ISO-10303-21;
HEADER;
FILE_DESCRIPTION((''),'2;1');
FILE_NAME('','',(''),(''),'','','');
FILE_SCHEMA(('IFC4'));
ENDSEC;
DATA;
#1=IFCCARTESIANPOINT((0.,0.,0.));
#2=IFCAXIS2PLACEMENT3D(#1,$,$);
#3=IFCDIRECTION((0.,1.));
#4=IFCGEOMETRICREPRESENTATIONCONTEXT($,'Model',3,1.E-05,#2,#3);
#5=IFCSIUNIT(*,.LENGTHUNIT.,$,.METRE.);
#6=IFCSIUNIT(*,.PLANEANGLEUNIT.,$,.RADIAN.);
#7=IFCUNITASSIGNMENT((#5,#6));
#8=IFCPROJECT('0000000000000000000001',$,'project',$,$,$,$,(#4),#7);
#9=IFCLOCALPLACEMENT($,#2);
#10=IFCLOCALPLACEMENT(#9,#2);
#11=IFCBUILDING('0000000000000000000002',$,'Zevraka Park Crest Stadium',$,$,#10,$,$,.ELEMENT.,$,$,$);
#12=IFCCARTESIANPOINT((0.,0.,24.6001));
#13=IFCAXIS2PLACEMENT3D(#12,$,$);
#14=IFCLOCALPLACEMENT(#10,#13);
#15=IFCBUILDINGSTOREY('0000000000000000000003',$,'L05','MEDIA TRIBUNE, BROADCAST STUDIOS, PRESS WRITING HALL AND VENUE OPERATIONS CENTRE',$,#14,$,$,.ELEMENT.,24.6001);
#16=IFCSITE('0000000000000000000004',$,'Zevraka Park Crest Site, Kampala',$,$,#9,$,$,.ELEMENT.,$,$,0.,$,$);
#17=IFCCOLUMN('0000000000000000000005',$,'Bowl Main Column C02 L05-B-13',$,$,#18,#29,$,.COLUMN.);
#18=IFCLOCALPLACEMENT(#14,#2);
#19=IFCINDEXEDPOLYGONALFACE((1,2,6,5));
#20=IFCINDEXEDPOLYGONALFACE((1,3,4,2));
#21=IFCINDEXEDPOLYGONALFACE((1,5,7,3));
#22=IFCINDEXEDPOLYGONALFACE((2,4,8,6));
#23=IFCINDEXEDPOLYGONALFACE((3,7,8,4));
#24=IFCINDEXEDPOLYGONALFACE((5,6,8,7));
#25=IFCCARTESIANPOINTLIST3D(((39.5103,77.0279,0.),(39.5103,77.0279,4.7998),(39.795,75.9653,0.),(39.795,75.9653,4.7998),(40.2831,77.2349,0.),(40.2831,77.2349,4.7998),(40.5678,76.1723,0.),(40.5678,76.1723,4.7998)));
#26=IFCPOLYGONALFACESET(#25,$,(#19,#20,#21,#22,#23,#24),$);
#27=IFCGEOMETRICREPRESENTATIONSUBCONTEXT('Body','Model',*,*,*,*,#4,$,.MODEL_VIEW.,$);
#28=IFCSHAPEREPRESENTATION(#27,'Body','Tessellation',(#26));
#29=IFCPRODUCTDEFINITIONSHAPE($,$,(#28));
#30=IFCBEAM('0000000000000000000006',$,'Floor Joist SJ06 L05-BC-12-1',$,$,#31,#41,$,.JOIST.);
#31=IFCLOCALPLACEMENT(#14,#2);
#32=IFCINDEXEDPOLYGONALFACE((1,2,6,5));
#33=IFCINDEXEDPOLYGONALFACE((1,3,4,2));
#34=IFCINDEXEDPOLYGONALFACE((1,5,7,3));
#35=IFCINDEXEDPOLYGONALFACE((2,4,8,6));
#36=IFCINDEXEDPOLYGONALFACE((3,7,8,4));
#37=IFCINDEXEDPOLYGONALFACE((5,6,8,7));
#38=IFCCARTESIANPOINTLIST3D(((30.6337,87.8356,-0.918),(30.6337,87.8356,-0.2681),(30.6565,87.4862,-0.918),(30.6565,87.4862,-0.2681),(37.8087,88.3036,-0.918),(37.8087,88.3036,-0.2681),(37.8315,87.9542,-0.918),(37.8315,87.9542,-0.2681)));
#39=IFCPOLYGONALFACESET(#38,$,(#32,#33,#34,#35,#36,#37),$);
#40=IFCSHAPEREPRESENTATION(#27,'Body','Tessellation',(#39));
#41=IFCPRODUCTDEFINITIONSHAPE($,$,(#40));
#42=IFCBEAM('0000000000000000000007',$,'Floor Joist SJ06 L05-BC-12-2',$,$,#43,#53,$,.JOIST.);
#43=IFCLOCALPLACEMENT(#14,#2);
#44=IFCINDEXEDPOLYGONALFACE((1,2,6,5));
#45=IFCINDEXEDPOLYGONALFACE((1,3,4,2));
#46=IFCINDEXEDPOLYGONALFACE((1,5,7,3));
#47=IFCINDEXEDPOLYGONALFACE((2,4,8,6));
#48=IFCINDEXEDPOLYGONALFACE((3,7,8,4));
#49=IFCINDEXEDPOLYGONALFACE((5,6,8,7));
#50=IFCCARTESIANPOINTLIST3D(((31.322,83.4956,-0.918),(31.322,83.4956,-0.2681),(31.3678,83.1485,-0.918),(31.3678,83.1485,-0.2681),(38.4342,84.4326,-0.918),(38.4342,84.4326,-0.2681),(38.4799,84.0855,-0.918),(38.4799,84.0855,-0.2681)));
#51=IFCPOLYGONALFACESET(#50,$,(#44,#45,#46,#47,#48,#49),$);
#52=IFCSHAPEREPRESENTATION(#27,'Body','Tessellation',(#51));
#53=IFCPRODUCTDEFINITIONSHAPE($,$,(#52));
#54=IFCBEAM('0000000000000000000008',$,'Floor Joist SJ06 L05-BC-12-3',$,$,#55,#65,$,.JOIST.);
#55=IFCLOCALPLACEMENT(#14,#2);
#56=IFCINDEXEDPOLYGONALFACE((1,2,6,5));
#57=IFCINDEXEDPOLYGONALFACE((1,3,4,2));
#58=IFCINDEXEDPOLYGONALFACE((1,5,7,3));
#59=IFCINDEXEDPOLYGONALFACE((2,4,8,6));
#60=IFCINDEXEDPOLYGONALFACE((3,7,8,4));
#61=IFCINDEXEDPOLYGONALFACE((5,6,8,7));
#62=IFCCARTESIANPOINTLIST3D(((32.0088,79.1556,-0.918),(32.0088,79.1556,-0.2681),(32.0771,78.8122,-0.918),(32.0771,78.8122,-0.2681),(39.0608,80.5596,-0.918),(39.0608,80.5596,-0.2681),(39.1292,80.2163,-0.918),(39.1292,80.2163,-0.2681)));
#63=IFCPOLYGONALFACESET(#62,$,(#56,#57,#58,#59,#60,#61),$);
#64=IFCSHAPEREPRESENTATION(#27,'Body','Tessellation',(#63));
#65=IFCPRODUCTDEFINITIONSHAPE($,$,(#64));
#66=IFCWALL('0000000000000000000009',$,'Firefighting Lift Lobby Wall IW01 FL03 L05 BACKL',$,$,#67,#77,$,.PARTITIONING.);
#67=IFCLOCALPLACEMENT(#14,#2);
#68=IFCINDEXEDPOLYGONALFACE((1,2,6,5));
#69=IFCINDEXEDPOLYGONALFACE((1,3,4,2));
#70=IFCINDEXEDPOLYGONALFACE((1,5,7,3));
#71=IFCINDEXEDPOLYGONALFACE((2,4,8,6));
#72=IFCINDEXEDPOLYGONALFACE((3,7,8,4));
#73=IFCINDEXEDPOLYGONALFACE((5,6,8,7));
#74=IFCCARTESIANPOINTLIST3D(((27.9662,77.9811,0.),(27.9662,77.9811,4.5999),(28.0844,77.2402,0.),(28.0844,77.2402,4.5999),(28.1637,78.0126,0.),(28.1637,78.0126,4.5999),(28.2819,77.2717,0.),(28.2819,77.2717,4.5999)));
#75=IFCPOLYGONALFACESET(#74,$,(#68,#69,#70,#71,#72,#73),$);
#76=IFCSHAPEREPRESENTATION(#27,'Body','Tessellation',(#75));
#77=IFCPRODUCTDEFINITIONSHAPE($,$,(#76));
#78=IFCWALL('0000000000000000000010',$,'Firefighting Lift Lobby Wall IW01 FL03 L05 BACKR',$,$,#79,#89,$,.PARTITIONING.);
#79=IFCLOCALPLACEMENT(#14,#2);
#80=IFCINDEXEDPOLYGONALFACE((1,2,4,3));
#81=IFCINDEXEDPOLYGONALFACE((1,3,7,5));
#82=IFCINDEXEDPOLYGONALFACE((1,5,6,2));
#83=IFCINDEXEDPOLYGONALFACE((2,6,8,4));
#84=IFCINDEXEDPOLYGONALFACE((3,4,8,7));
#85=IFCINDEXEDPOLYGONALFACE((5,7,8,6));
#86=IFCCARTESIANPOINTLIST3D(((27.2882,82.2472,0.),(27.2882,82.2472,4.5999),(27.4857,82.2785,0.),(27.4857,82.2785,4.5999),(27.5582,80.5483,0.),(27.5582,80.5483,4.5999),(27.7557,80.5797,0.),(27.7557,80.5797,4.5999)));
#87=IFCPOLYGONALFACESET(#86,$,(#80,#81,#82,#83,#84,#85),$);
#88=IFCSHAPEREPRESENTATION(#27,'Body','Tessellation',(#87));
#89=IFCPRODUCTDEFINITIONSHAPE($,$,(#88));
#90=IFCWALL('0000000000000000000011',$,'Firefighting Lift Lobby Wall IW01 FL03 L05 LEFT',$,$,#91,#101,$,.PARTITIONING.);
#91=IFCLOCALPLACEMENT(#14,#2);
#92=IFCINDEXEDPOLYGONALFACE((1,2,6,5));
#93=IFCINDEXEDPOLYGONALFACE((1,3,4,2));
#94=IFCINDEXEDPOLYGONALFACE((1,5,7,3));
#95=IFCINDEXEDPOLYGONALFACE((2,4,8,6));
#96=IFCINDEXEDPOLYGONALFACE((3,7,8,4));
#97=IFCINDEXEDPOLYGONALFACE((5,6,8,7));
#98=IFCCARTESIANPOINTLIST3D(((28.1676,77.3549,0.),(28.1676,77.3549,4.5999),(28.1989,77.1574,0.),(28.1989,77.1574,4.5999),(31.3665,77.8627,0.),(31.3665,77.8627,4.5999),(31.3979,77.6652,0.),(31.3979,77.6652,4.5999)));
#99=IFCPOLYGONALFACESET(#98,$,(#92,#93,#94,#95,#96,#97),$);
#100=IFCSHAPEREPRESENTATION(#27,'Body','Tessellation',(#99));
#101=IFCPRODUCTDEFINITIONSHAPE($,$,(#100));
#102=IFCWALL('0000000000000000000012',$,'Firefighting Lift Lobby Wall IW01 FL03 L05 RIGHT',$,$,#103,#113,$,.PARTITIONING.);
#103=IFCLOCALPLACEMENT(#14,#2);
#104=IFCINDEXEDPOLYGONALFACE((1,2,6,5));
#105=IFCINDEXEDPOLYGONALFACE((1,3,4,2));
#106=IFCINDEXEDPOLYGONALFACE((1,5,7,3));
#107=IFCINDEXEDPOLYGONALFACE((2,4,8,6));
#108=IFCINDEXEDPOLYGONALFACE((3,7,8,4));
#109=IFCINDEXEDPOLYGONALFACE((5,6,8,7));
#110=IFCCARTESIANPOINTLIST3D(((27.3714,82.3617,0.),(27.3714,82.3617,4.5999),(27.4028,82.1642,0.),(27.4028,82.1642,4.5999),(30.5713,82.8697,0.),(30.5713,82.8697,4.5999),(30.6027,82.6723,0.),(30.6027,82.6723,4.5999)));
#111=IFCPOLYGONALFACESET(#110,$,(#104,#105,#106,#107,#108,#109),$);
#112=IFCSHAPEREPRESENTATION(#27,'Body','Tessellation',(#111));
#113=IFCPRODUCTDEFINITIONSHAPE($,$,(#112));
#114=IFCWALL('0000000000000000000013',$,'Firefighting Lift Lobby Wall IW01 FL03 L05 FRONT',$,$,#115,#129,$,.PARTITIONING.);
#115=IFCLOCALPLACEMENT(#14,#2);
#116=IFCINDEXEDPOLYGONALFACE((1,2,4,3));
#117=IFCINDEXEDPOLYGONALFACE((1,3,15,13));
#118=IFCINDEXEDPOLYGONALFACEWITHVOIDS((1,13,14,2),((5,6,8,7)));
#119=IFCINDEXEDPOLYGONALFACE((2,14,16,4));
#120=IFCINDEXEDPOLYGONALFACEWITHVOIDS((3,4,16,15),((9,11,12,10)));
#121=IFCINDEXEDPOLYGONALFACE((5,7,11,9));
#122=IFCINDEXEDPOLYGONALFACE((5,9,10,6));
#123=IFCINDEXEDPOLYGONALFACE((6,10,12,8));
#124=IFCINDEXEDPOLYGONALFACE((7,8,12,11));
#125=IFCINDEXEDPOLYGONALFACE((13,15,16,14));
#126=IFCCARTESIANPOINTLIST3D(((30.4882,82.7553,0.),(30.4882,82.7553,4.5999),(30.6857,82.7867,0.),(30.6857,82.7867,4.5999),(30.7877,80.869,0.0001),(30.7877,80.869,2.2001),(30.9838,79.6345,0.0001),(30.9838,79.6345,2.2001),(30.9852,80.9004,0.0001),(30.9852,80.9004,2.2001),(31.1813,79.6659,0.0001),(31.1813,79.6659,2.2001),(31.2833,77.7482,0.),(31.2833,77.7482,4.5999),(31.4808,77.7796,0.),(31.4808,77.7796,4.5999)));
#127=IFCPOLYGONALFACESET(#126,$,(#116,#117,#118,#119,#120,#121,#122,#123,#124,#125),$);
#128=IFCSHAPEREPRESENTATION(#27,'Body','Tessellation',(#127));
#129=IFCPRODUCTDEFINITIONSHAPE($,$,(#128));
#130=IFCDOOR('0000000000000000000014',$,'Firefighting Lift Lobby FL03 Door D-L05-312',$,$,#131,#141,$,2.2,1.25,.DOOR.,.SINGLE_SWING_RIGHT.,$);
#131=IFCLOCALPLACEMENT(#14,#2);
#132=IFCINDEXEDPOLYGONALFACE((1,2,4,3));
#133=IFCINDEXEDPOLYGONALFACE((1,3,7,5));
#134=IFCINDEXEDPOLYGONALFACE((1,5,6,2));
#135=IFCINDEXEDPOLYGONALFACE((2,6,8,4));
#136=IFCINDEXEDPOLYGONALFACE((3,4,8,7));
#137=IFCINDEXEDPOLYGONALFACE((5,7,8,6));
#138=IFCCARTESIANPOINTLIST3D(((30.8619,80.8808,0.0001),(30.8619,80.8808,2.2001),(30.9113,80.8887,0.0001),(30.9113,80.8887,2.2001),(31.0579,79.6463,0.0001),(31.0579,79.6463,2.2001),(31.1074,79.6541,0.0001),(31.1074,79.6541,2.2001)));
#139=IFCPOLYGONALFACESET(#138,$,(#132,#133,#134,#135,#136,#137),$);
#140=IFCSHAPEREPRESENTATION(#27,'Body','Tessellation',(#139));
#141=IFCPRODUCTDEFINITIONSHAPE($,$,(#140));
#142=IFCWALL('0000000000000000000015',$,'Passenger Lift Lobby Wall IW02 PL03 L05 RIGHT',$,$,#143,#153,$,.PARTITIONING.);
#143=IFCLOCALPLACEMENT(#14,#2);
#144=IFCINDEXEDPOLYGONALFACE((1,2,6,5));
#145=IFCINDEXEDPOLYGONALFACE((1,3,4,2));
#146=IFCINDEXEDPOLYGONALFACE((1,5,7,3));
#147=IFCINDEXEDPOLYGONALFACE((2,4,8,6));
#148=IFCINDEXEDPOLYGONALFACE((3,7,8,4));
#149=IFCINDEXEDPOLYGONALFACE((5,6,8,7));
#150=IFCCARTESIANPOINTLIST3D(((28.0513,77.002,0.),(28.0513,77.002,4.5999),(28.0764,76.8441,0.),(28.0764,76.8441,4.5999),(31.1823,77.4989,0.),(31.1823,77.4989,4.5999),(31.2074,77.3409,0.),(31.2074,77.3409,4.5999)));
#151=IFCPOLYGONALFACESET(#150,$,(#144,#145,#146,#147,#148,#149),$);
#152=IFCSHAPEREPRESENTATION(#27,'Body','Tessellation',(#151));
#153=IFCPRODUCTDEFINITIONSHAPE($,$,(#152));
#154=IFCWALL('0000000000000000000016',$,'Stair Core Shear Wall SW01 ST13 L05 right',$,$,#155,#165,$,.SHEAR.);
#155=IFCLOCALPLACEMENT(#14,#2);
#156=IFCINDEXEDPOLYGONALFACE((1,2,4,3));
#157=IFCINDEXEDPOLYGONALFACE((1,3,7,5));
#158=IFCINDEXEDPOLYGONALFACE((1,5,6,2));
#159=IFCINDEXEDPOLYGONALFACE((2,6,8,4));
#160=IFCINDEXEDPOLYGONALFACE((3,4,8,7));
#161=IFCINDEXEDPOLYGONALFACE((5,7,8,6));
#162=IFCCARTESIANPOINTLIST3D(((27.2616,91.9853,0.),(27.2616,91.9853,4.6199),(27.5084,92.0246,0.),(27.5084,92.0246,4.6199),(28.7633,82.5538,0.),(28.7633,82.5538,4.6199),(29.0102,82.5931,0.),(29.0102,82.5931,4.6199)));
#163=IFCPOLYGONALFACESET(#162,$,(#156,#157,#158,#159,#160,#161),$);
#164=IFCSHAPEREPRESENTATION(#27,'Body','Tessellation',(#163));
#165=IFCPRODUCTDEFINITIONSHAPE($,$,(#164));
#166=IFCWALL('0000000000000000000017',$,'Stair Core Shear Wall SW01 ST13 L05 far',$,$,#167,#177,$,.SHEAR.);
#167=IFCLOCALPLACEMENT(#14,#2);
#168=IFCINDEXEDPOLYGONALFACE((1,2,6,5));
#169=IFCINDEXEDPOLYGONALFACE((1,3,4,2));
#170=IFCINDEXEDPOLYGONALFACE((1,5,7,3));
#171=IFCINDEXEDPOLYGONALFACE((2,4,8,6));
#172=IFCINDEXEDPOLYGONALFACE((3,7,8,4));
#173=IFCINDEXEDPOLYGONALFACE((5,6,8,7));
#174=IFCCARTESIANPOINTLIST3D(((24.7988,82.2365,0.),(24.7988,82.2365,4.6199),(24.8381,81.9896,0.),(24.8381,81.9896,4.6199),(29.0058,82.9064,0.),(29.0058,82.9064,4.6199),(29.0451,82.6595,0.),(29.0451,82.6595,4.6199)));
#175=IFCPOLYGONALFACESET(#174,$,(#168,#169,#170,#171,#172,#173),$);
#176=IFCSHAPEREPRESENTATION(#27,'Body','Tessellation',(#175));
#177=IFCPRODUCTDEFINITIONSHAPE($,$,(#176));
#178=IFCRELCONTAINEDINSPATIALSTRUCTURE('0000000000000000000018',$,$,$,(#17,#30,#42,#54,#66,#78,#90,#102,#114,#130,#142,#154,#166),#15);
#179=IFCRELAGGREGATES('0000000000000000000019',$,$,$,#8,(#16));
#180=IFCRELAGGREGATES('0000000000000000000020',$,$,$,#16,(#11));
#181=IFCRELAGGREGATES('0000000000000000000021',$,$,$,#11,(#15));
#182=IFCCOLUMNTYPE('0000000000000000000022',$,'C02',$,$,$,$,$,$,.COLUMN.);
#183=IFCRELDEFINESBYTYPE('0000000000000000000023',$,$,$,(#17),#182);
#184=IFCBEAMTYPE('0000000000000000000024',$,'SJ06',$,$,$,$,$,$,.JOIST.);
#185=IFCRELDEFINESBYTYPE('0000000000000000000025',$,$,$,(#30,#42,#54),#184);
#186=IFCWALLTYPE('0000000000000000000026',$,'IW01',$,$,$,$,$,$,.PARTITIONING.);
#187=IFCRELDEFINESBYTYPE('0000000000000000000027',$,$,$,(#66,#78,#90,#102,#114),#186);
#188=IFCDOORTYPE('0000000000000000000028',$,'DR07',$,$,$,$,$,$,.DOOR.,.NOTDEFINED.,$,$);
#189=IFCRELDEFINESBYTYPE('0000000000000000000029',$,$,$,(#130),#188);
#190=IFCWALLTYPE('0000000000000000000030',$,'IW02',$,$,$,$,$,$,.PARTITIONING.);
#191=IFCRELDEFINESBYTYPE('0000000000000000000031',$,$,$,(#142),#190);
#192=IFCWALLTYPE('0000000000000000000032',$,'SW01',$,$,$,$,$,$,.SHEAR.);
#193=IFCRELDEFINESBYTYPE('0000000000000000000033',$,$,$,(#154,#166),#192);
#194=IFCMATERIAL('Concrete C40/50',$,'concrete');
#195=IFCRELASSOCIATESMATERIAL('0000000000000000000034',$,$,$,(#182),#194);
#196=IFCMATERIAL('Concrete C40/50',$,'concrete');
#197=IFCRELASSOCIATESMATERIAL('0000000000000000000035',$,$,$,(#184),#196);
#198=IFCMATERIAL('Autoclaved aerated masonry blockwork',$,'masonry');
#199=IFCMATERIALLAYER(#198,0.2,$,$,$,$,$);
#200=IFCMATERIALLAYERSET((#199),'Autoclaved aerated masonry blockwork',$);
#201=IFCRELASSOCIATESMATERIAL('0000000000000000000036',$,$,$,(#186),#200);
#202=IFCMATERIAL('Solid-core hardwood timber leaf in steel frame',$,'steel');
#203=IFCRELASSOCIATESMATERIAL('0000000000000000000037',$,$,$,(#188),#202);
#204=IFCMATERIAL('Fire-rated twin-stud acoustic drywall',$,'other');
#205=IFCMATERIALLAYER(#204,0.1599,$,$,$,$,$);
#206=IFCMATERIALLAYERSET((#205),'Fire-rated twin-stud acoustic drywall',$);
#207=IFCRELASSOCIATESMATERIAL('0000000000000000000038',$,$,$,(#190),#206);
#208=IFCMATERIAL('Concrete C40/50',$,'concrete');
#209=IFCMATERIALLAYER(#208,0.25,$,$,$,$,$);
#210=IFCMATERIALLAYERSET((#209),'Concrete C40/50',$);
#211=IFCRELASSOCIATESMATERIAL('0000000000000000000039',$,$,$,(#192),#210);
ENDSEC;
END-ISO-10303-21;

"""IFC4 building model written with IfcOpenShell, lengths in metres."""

from ifc_helpers import new_model, si_unit, direction, frame, frame_2d, origin, origin_2d, place, context, subcontext, project, spatial, rectangle, extrude, material, layer, layer_set, material_profile, profile_set, type_object, element, fill, save


model = new_model("IFC4")

# Units and contexts
model_context = context("Model", 3, precision=1e-05, world=origin(), true_north=direction((0.0, 1.0)))
body_context = subcontext(model_context, "Body", "Model", "MODEL_VIEW")
ifc_project = project(units=[si_unit("LENGTHUNIT", "METRE"), si_unit("PLANEANGLEUNIT", "RADIAN")], contexts=[model_context])

# Site, building, storey
site_placement = place(None, origin())
site = spatial("IfcSite", under=ifc_project, at=site_placement, Name="Zevraka Park Crest Site, Kampala", CompositionType="ELEMENT", RefElevation=0.0)
building_placement = place(site_placement, origin())
building = spatial("IfcBuilding", under=site, at=building_placement, Name="Zevraka Park Crest Stadium", CompositionType="ELEMENT")
storey_placement = place(building_placement, frame((0.0, 0.0, 24.6001)))
storey = spatial("IfcBuildingStorey", under=building, at=storey_placement, Name="L05", Description="MEDIA TRIBUNE, BROADCAST STUDIOS, PRESS WRITING HALL AND VENUE OPERATIONS CENTRE", CompositionType="ELEMENT", Elevation=24.6001)

# Column
ifc_material_1 = material(Name="Concrete C40/50", Category="concrete")
ifc_material_profile_1 = material_profile(ifc_material_1, rectangle(XDim=0.8, YDim=1.1001, at=origin_2d()), Name="RC 1100x800")
ifc_profile_set_1 = profile_set([ifc_material_profile_1], Name="Concrete C40/50")
column_type = type_object("IfcColumnType", Name="C02", PredefinedType="COLUMN", material=ifc_profile_set_1)
column_placement = place(storey_placement, frame((40.0391, 76.6001, 0.0), z_axis=(0.0, 0.0, 1.0), x_axis=(0.965926, 0.258819, 0.0)))
element("IfcColumn", 1, at=column_placement, inside=storey, type_object=column_type, Name="Bowl Main Column C02 L05-B-13", PredefinedType="COLUMN", context=body_context, shape_type="SweptSolid", body=[
    extrude(rectangle(XDim=0.8, YDim=1.1001, at=origin_2d()), origin(), (0.0, 0.0, 1.0), 4.7998),
])

# Beams
ifc_material_2 = material(Name="Concrete C40/50", Category="concrete")
ifc_material_profile_2 = material_profile(ifc_material_2, rectangle(XDim=0.3501, YDim=0.6499, at=origin_2d()), Name="RC 650x350")
ifc_profile_set_2 = profile_set([ifc_material_profile_2], Name="Concrete C40/50")
beam_type = type_object("IfcBeamType", Name="SJ06", PredefinedType="JOIST", material=ifc_profile_set_2)
beam_1_placement = place(storey_placement, frame((37.8201, 88.1289, -0.593), z_axis=(-0.997879, -0.06509, 0.0), x_axis=(0.06509, -0.997879, 0.0)))
element("IfcBeam", 2, at=beam_1_placement, inside=storey, type_object=beam_type, Name="Floor Joist SJ06 L05-BC-12-1", PredefinedType="JOIST", context=body_context, shape_type="SweptSolid", body=[
    extrude(rectangle(XDim=0.3501, YDim=0.6499, at=origin_2d()), origin(), (0.0, 0.0, 1.0), 7.1902),
])
beam_2_placement = place(storey_placement, frame((38.457, 84.259, -0.593), z_axis=(-0.991432, -0.130621, 0.0), x_axis=(0.130621, -0.991432, 0.0)))
element("IfcBeam", 3, at=beam_2_placement, inside=storey, type_object=beam_type, Name="Floor Joist SJ06 L05-BC-12-2", PredefinedType="JOIST", context=body_context, shape_type="SweptSolid", body=[
    extrude(rectangle(XDim=0.3501, YDim=0.6499, at=origin_2d()), origin(), (0.0, 0.0, 1.0), 7.1736),
])
beam_3_placement = place(storey_placement, frame((39.095, 80.3879, -0.593), z_axis=(-0.98075, -0.195267, 0.0), x_axis=(0.195267, -0.98075, 0.0)))
element("IfcBeam", 4, at=beam_3_placement, inside=storey, type_object=beam_type, Name="Floor Joist SJ06 L05-BC-12-3", PredefinedType="JOIST", context=body_context, shape_type="SweptSolid", body=[
    extrude(rectangle(XDim=0.3501, YDim=0.6499, at=origin_2d()), origin(), (0.0, 0.0, 1.0), 7.1904),
])

# Walls
ifc_material_3 = material(Name="Autoclaved aerated masonry blockwork", Category="masonry")
ifc_layer_1 = layer(ifc_material_3, 0.2)
ifc_layer_set_1 = layer_set([ifc_layer_1], Name="Autoclaved aerated masonry blockwork")
wall_type_1 = type_object("IfcWallType", Name="IW01", PredefinedType="PARTITIONING", material=ifc_layer_set_1)
wall_1_placement = place(storey_placement, frame((28.1831, 77.2561, 0.0), z_axis=(0.0, 0.0, 1.0), x_axis=(-0.157483, 0.987522, 0.0)))
element("IfcWall", 5, at=wall_1_placement, inside=storey, type_object=wall_type_1, Name="Firefighting Lift Lobby Wall IW01 FL03 L05 BACKL", PredefinedType="PARTITIONING", context=body_context, shape_type="SweptSolid", body=[
    extrude(rectangle(XDim=0.7502, YDim=0.2, at=frame_2d((0.375, 0.0))), origin(), (0.0, 0.0, 1.0), 4.5999),
])
wall_2_placement = place(storey_placement, frame((27.657, 80.564, 0.0), z_axis=(0.0, 0.0, 1.0), x_axis=(-0.156961, 0.987605, 0.0)))
element("IfcWall", 6, at=wall_2_placement, inside=storey, type_object=wall_type_1, Name="Firefighting Lift Lobby Wall IW01 FL03 L05 BACKR", PredefinedType="PARTITIONING", context=body_context, shape_type="SweptSolid", body=[
    extrude(rectangle(XDim=1.7202, YDim=0.2, at=frame_2d((0.8601, 0.0))), origin(), (0.0, 0.0, 1.0), 4.5999),
])
wall_3_placement = place(storey_placement, frame((28.1831, 77.2561, 0.0), z_axis=(0.0, 0.0, 1.0), x_axis=(0.987634, 0.156779, 0.0)))
element("IfcWall", 7, at=wall_3_placement, inside=storey, type_object=wall_type_1, Name="Firefighting Lift Lobby Wall IW01 FL03 L05 LEFT", PredefinedType="PARTITIONING", context=body_context, shape_type="SweptSolid", body=[
    extrude(rectangle(XDim=3.239, YDim=0.2, at=frame_2d((1.6196, 0.0))), origin(), (0.0, 0.0, 1.0), 4.5999),
])
wall_4_placement = place(storey_placement, frame((27.387, 82.2629, 0.0), z_axis=(0.0, 0.0, 1.0), x_axis=(0.987629, 0.156806, 0.0)))
element("IfcWall", 8, at=wall_4_placement, inside=storey, type_object=wall_type_1, Name="Firefighting Lift Lobby Wall IW01 FL03 L05 RIGHT", PredefinedType="PARTITIONING", context=body_context, shape_type="SweptSolid", body=[
    extrude(rectangle(XDim=3.24, YDim=0.2, at=frame_2d((1.6201, 0.0))), origin(), (0.0, 0.0, 1.0), 4.5999),
])

# Wall, opening, door
wall_5_placement = place(storey_placement, frame((31.3821, 77.7639, 0.0), z_axis=(0.0, 0.0, 1.0), x_axis=(-0.156843, 0.987624, 0.0)))
wall_5 = element("IfcWall", 9, at=wall_5_placement, inside=storey, type_object=wall_type_1, Name="Firefighting Lift Lobby Wall IW01 FL03 L05 FRONT", PredefinedType="PARTITIONING", context=body_context, shape_type="SweptSolid", body=[
    extrude(rectangle(XDim=5.0698, YDim=0.2, at=frame_2d((2.5349, 0.0))), origin(), (0.0, 0.0, 1.0), 4.5999),
])
opening_1_placement = place(wall_5_placement, frame((1.9099, 0.0, 0.0)))
opening_1 = element("IfcOpeningElement", 10, at=opening_1_placement, cuts=wall_5, PredefinedType="OPENING", context=body_context, shape_type="SweptSolid", body=[
    extrude(rectangle(XDim=1.25, YDim=2.2, at=frame_2d((0.625, 1.1001))), frame((0.0, 0.1099, 0.0), z_axis=(0.0, -1.0, 0.0), x_axis=(1.0, 0.0, 0.0)), (0.0, 0.0, 1.0), 0.22),
])
ifc_material_4 = material(Name="Solid-core hardwood timber leaf in steel frame", Category="steel")
door_type_1 = type_object("IfcDoorType", Name="DR07", OperationType="NOTDEFINED", PredefinedType="DOOR", material=ifc_material_4)
door_1_placement = place(opening_1_placement, origin())
door_1 = element("IfcDoor", 11, at=door_1_placement, inside=storey, type_object=door_type_1, Name="Firefighting Lift Lobby FL03 Door D-L05-312", OperationType="SINGLE_SWING_RIGHT", OverallHeight=2.2, OverallWidth=1.25, PredefinedType="DOOR", context=body_context, shape_type="SweptSolid", body=[
    extrude(rectangle(XDim=1.25, YDim=2.2, at=frame_2d((0.625, 1.1001))), frame((0.0, 0.0249, 0.0), z_axis=(0.0, -1.0, 0.0), x_axis=(1.0, 0.0, 0.0)), (0.0, 0.0, 1.0), 0.05),
])
fill(opening_1, door_1)

# Walls
ifc_material_5 = material(Name="Fire-rated twin-stud acoustic drywall", Category="other")
ifc_layer_2 = layer(ifc_material_5, 0.1599)
ifc_layer_set_2 = layer_set([ifc_layer_2], Name="Fire-rated twin-stud acoustic drywall")
wall_type_2 = type_object("IfcWallType", Name="IW02", PredefinedType="PARTITIONING", material=ifc_layer_set_2)
wall_6_placement = place(storey_placement, frame((28.064, 76.9231, 0.0), z_axis=(0.0, 0.0, 1.0), x_axis=(0.987644, 0.156714, 0.0)))
element("IfcWall", 12, at=wall_6_placement, inside=storey, type_object=wall_type_2, Name="Passenger Lift Lobby Wall IW02 PL03 L05 RIGHT", PredefinedType="PARTITIONING", context=body_context, shape_type="SweptSolid", body=[
    extrude(rectangle(XDim=3.1702, YDim=0.1599, at=frame_2d((1.585, 0.0))), origin(), (0.0, 0.0, 1.0), 4.5999),
])
ifc_material_6 = material(Name="Concrete C40/50", Category="concrete")
ifc_layer_3 = layer(ifc_material_6, 0.25)
ifc_layer_set_3 = layer_set([ifc_layer_3], Name="Concrete C40/50")
wall_type_3 = type_object("IfcWallType", Name="SW01", PredefinedType="SHEAR", material=ifc_layer_set_3)
wall_7_placement = place(storey_placement, frame((28.8867, 82.5735, 0.0), z_axis=(0.0, 0.0, 1.0), x_axis=(-0.157244, 0.98756, 0.0)))
element("IfcWall", 13, at=wall_7_placement, inside=storey, type_object=wall_type_3, Name="Stair Core Shear Wall SW01 ST13 L05 right", PredefinedType="SHEAR", context=body_context, shape_type="SweptSolid", body=[
    extrude(rectangle(XDim=9.5503, YDim=0.25, at=frame_2d((4.7751, 0.0))), origin(), (0.0, 0.0, 1.0), 4.6199),
])
wall_8_placement = place(storey_placement, frame((24.8186, 82.113, 0.0), z_axis=(0.0, 0.0, 1.0), x_axis=(0.987558, 0.157257, 0.0)))
element("IfcWall", 14, at=wall_8_placement, inside=storey, type_object=wall_type_3, Name="Stair Core Shear Wall SW01 ST13 L05 far", PredefinedType="SHEAR", context=body_context, shape_type="SweptSolid", body=[
    extrude(rectangle(XDim=4.26, YDim=0.25, at=frame_2d((2.1299, 0.0))), origin(), (0.0, 0.0, 1.0), 4.6199),
])

save(model, "model.ifc")
